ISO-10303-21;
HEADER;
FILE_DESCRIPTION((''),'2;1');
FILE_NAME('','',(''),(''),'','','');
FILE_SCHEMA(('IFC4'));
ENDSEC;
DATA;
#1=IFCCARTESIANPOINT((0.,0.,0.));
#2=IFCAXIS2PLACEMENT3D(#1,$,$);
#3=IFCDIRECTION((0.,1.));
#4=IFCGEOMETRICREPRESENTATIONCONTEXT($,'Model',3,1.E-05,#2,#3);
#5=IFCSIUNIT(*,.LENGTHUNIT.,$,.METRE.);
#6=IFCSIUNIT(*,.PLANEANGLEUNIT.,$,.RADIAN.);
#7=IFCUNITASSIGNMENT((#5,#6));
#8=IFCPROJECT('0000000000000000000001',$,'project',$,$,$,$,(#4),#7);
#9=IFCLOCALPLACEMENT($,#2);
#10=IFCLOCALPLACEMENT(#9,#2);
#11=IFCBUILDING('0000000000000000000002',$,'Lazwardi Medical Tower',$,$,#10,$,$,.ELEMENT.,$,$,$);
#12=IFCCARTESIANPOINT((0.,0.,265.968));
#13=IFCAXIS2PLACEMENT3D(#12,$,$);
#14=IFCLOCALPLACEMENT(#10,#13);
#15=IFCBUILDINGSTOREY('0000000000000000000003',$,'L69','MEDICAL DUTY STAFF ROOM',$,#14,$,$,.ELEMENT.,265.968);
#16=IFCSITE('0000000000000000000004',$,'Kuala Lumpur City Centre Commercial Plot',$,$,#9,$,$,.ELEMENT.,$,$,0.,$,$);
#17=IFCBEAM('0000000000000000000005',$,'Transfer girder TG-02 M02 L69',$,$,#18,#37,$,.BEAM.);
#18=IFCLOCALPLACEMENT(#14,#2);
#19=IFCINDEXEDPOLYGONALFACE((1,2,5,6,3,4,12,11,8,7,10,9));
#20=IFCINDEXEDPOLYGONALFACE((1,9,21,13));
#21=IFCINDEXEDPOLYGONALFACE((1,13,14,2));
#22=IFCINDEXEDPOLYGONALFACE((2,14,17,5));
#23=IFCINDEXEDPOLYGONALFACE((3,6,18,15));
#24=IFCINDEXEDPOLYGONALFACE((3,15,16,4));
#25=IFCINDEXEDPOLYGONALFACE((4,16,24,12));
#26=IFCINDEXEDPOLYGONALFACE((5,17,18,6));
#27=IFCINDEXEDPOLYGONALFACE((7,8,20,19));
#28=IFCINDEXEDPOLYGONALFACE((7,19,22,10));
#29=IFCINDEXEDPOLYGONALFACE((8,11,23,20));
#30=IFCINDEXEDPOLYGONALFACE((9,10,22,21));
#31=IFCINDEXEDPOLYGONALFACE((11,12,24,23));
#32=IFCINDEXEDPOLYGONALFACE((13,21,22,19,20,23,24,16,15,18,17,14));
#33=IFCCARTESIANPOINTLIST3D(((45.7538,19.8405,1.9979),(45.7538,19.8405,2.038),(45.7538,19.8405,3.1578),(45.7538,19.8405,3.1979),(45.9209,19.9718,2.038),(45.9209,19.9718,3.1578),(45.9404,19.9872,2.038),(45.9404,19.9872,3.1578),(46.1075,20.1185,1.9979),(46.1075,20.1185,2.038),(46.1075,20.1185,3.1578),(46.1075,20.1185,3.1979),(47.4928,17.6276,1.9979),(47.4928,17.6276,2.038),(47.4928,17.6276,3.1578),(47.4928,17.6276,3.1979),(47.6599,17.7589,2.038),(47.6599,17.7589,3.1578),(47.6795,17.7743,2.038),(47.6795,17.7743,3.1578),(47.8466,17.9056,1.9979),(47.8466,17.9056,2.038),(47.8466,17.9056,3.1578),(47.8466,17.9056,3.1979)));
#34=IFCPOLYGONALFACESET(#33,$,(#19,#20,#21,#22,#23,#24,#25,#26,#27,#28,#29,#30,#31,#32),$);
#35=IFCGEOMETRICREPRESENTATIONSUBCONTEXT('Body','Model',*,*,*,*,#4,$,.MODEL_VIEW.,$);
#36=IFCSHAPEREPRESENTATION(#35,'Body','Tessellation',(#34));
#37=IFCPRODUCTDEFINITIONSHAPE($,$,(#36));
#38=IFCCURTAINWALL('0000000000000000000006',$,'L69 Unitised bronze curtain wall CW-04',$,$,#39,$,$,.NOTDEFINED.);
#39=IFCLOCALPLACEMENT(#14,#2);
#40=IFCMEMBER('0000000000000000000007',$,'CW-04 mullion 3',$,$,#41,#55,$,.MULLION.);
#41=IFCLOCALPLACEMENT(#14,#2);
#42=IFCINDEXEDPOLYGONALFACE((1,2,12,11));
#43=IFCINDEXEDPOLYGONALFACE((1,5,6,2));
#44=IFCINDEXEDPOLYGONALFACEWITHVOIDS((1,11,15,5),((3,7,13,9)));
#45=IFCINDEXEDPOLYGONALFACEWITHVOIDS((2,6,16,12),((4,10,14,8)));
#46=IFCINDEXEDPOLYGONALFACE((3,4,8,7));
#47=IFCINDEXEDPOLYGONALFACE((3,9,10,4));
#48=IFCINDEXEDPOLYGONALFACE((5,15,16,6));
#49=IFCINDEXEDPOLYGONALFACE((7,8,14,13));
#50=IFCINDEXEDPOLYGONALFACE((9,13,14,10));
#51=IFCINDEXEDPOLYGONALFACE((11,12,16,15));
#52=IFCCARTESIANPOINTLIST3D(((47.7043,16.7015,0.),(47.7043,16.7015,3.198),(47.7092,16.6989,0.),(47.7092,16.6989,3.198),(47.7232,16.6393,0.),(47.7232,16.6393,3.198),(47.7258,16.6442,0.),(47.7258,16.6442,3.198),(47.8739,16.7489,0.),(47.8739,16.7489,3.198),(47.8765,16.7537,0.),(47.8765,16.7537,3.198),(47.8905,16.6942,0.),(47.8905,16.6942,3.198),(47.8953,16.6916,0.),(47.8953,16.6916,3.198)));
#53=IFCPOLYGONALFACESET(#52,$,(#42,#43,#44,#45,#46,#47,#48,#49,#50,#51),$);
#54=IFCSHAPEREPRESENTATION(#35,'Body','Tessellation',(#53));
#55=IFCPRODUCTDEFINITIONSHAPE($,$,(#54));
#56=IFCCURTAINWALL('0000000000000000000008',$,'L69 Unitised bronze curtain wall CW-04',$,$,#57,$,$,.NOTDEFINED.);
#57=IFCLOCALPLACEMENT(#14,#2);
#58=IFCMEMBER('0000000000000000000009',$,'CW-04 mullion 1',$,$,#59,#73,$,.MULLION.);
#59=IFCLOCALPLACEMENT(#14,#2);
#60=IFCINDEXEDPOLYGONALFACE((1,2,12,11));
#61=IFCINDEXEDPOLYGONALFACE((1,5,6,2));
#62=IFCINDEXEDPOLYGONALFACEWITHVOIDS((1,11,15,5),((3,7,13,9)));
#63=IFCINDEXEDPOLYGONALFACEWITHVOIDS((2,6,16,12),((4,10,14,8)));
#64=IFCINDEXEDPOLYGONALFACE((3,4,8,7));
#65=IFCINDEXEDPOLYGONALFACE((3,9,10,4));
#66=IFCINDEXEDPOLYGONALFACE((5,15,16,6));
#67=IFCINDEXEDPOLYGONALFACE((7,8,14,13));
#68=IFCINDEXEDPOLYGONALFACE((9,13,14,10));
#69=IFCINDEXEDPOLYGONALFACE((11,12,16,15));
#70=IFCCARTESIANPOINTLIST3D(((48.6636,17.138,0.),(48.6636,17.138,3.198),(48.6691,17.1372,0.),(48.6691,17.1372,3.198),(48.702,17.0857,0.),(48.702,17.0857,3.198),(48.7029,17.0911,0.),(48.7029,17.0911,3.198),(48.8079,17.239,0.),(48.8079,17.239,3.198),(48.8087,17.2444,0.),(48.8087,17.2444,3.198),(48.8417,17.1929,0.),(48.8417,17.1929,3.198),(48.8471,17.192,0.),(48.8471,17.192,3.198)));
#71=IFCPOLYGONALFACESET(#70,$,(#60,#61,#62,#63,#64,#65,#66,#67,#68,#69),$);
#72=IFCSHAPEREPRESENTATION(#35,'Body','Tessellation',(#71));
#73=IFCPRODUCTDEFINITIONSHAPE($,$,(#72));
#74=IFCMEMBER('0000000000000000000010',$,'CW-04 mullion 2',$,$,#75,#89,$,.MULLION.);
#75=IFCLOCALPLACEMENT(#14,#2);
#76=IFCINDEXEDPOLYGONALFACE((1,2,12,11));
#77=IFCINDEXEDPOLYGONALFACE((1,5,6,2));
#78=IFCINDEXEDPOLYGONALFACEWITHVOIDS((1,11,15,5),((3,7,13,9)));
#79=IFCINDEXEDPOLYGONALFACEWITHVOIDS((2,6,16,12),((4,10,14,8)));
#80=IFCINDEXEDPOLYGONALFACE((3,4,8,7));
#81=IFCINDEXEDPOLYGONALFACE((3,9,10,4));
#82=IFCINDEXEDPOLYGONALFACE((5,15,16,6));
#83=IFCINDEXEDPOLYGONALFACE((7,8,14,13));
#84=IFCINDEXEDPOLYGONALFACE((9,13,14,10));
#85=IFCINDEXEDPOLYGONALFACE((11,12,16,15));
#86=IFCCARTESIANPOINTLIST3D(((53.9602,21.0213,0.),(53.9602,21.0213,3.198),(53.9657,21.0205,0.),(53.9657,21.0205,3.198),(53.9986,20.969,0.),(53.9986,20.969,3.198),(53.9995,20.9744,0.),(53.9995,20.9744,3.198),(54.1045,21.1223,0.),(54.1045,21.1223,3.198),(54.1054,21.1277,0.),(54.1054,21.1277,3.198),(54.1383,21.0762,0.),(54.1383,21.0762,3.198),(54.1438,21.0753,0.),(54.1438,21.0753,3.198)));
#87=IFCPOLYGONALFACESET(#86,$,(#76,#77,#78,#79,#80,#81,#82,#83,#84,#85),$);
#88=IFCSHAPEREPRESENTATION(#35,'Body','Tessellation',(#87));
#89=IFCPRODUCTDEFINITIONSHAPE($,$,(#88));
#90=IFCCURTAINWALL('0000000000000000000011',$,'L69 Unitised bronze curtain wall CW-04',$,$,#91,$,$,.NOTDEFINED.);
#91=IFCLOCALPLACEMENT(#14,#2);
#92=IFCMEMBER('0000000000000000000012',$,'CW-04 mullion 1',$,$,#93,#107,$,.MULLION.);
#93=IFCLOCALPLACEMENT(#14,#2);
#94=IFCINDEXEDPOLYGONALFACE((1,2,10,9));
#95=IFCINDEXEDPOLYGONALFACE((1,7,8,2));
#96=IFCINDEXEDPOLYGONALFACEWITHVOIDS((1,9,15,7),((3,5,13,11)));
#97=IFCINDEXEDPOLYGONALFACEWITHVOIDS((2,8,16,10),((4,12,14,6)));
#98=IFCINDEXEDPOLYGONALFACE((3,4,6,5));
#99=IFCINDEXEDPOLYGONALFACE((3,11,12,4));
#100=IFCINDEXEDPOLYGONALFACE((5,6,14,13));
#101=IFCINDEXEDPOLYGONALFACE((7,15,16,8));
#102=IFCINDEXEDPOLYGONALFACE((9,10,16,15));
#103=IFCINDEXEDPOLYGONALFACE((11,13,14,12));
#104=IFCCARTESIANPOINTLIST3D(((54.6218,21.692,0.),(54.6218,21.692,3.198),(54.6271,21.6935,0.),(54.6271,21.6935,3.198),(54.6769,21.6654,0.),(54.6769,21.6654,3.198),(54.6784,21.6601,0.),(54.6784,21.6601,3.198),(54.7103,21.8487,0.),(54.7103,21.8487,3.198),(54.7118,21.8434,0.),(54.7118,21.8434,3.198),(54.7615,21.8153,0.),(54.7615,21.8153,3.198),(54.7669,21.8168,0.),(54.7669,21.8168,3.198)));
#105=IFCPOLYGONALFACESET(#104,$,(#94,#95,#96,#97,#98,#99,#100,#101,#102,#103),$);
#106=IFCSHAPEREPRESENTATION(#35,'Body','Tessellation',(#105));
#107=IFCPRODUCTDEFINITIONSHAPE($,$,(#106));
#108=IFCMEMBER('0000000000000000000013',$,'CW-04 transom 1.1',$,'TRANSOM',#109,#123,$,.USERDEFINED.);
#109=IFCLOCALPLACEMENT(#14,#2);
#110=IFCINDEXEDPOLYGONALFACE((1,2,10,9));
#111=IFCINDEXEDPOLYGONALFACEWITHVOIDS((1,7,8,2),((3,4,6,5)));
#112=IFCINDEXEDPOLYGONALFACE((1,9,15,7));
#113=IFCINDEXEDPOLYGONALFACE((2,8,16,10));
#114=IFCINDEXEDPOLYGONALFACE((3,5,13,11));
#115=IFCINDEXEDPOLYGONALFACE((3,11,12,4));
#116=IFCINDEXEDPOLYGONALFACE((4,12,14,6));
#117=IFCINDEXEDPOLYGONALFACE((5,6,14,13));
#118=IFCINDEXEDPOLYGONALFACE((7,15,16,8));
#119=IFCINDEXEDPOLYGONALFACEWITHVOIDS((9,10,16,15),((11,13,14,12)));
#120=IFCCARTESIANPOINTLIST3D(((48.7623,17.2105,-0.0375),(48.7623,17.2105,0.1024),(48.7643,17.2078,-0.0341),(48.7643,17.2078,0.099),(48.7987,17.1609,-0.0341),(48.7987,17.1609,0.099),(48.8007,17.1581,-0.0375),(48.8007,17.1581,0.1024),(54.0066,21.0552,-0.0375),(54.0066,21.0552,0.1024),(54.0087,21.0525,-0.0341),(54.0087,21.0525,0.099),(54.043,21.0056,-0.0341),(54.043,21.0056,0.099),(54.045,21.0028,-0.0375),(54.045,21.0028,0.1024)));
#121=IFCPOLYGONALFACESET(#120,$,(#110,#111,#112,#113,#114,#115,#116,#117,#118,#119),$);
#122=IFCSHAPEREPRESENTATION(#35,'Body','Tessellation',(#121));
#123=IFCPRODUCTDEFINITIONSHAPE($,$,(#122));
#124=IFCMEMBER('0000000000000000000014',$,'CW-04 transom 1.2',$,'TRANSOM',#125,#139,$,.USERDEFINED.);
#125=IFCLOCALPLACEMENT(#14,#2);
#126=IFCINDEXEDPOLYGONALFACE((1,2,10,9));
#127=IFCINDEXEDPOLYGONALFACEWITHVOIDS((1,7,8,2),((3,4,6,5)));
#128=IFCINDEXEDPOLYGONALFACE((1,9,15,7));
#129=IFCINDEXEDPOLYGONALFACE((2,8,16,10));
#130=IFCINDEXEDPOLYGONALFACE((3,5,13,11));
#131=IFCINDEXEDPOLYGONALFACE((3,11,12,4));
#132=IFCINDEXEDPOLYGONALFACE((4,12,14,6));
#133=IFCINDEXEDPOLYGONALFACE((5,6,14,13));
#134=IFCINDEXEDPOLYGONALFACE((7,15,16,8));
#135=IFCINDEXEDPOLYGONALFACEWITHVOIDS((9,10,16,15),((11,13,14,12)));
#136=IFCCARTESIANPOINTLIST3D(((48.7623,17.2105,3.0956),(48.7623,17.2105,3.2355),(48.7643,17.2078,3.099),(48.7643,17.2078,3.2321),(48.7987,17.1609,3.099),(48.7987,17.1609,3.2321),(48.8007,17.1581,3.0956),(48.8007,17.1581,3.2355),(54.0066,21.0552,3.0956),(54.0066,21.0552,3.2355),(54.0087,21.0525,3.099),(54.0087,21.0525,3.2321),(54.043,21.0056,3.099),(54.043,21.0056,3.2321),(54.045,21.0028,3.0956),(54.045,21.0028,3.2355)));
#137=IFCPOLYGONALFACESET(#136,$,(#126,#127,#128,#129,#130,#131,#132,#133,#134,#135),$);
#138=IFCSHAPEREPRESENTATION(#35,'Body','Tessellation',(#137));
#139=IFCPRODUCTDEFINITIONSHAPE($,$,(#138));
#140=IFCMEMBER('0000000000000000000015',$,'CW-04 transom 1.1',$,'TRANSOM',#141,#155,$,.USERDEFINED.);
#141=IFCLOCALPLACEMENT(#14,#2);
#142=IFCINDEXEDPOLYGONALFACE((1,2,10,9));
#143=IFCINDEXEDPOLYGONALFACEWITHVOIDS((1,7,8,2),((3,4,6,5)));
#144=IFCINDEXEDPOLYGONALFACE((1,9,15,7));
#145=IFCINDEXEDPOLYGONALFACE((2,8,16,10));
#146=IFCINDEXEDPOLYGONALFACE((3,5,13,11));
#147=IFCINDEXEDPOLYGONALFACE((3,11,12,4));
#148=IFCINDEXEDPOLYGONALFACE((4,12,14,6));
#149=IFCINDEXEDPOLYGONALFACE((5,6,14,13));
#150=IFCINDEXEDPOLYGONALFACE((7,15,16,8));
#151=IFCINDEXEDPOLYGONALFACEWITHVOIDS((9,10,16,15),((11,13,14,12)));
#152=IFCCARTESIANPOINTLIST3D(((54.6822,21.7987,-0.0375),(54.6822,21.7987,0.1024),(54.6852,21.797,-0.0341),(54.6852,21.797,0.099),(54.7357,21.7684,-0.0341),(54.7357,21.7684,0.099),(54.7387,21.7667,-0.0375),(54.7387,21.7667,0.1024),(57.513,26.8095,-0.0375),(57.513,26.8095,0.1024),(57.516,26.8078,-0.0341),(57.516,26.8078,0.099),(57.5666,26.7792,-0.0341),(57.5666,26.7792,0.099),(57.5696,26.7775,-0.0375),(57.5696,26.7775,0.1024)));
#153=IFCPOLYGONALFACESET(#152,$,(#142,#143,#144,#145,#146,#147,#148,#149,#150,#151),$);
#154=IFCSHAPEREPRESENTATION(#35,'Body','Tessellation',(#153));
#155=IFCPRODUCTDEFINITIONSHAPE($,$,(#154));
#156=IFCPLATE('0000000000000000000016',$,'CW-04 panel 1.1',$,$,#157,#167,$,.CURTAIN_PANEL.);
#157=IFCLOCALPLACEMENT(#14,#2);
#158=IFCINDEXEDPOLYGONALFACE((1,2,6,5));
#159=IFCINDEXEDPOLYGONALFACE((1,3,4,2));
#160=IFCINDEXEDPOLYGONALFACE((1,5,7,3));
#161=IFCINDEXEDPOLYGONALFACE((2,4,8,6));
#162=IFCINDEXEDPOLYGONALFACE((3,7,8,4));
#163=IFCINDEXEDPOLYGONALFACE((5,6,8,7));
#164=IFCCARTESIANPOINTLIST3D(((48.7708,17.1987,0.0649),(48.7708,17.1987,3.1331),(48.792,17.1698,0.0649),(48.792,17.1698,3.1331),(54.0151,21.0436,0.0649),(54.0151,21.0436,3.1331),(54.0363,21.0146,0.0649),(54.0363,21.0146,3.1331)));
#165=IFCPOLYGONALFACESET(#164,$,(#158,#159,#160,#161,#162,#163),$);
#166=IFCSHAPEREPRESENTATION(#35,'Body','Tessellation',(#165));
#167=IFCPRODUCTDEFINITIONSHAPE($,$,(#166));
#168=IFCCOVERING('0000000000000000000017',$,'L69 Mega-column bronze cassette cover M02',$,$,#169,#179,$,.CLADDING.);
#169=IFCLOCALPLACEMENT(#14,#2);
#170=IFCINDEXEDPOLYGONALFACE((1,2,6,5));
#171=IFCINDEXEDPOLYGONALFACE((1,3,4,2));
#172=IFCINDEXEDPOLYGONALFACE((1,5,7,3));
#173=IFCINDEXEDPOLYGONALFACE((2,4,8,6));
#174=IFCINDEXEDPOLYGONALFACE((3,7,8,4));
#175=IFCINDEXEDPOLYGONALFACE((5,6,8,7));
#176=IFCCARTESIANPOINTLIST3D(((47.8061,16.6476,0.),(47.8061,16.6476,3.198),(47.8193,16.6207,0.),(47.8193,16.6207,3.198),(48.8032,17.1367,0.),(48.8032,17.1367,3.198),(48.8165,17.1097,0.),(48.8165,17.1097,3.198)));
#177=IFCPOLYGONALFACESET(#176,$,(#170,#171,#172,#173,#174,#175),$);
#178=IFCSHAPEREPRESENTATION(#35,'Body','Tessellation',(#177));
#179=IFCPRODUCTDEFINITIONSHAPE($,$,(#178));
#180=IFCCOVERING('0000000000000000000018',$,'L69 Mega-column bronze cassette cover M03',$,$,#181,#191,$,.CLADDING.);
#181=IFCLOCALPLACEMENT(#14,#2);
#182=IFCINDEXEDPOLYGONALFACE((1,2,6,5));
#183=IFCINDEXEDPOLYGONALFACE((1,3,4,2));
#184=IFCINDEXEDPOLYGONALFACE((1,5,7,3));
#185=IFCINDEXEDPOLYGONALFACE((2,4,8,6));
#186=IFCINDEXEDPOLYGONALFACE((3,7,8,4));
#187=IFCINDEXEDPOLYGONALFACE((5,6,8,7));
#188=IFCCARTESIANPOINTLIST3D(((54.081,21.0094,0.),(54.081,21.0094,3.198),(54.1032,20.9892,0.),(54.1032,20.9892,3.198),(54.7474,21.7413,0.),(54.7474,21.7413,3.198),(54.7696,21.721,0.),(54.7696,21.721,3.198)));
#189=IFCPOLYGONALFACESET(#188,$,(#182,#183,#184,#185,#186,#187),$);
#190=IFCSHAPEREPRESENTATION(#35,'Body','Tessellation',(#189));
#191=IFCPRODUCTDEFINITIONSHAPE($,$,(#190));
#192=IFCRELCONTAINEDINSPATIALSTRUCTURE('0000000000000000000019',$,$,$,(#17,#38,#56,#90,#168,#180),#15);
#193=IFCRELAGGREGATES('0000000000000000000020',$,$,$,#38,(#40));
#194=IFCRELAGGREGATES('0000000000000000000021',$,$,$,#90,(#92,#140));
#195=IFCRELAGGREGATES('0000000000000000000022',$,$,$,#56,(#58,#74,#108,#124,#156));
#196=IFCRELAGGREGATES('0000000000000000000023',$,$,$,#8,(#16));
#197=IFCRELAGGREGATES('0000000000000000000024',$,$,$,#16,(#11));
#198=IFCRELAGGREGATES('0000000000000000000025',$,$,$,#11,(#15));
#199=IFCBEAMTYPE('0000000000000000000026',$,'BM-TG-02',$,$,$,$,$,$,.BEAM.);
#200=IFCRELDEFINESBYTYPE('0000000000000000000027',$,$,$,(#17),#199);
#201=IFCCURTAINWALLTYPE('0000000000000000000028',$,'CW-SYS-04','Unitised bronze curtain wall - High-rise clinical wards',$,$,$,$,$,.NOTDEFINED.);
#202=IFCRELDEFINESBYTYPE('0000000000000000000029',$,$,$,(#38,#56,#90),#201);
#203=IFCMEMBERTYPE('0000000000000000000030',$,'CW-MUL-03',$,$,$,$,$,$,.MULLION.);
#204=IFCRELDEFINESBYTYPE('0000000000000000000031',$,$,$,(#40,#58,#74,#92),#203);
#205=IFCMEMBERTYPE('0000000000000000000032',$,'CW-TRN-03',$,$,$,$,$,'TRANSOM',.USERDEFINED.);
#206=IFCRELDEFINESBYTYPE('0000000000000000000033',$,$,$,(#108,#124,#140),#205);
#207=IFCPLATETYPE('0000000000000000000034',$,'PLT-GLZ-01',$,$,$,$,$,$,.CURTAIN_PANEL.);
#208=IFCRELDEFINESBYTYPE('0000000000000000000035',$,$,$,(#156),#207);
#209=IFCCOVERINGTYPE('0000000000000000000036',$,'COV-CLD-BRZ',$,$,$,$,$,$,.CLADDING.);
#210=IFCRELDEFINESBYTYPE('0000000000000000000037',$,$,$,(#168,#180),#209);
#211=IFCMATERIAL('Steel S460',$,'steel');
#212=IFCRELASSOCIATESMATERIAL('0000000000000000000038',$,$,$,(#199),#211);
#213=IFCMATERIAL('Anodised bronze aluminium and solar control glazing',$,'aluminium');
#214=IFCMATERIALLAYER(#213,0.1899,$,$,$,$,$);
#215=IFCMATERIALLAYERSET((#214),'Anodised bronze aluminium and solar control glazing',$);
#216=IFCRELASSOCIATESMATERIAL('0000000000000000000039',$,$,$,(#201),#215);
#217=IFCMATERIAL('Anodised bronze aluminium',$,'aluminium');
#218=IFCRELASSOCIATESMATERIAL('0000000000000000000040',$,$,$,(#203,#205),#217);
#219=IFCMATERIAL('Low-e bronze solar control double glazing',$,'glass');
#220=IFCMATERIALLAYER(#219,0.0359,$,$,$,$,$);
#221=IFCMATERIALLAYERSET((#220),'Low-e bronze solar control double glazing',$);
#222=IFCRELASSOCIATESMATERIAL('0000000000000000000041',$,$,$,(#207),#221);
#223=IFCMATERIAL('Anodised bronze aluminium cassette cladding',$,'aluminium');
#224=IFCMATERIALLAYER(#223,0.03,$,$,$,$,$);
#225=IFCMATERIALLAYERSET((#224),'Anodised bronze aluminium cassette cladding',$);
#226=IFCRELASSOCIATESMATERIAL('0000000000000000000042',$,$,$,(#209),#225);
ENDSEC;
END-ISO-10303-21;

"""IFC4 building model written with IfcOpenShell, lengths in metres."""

from ifc_helpers import new_model, si_unit, direction, frame, origin, origin_2d, place, context, subcontext, project, spatial, rectangle, hollow_rectangle, i_section, extrude, material, layer, layer_set, material_profile, profile_set, type_object, element, aggregate, save


model = new_model("IFC4")

# Units and contexts
model_context = context("Model", 3, precision=1e-05, world=origin(), true_north=direction((0.0, 1.0)))
body_context = subcontext(model_context, "Body", "Model", "MODEL_VIEW")
ifc_project = project(units=[si_unit("LENGTHUNIT", "METRE"), si_unit("PLANEANGLEUNIT", "RADIAN")], contexts=[model_context])

# Site, building, storey
site_placement = place(None, origin())
site = spatial("IfcSite", under=ifc_project, at=site_placement, Name="Kuala Lumpur City Centre Commercial Plot", CompositionType="ELEMENT", RefElevation=0.0)
building_placement = place(site_placement, origin())
building = spatial("IfcBuilding", under=site, at=building_placement, Name="Lazwardi Medical Tower", CompositionType="ELEMENT")
storey_placement = place(building_placement, frame((0.0, 0.0, 265.968)))
storey = spatial("IfcBuildingStorey", under=building, at=storey_placement, Name="L69", Description="MEDICAL DUTY STAFF ROOM", CompositionType="ELEMENT", Elevation=265.968)

# Beam
ifc_material_1 = material(Name="Steel S460", Category="steel")
ifc_material_profile_1 = material_profile(ifc_material_1, i_section(OverallWidth=0.45, OverallDepth=1.2, WebThickness=0.0249, FlangeThickness=0.04, at=origin_2d()), Name="PG 1200x450")
ifc_profile_set_1 = profile_set([ifc_material_profile_1], Name="Steel S460")
beam_type_1 = type_object("IfcBeamType", Name="BM-TG-02", PredefinedType="BEAM", material=ifc_profile_set_1)
beam_1_placement = place(storey_placement, frame((47.6697, 17.7666, 2.5979), z_axis=(-0.617891, 0.786264, 0.0), x_axis=(-0.786264, -0.617891, 0.0)))
element("IfcBeam", 1, at=beam_1_placement, inside=storey, type_object=beam_type_1, Name="Transfer girder TG-02 M02 L69", PredefinedType="BEAM", context=body_context, shape_type="SweptSolid", body=[
    extrude(i_section(OverallWidth=0.45, OverallDepth=1.2, WebThickness=0.0249, FlangeThickness=0.04, at=origin_2d()), origin(), (0.0, 0.0, 1.0), 2.8145),
])

# Curtain wall, member
ifc_material_2 = material(Name="Anodised bronze aluminium and solar control glazing", Category="aluminium")
ifc_layer_1 = layer(ifc_material_2, 0.1899)
ifc_layer_set_1 = layer_set([ifc_layer_1], Name="Anodised bronze aluminium and solar control glazing")
curtain_wall_type = type_object("IfcCurtainWallType", Name="CW-SYS-04", Description="Unitised bronze curtain wall - High-rise clinical wards", PredefinedType="NOTDEFINED", material=ifc_layer_set_1)
curtain_wall_1_placement = place(storey_placement, origin())
curtain_wall_1 = element("IfcCurtainWall", 2, at=curtain_wall_1_placement, inside=storey, type_object=curtain_wall_type, Name="L69 Unitised bronze curtain wall CW-04", PredefinedType="NOTDEFINED")
ifc_material_3 = material(Name="Anodised bronze aluminium", Category="aluminium")
ifc_material_profile_2 = material_profile(ifc_material_3, hollow_rectangle(XDim=0.0649, YDim=0.1799, WallThickness=0.0039, at=origin_2d()), Name="ALU-MULLION 180x65x4")
ifc_profile_set_2 = profile_set([ifc_material_profile_2], Name="Anodised bronze aluminium")
member_type_1 = type_object("IfcMemberType", Name="CW-MUL-03", PredefinedType="MULLION", material=ifc_profile_set_2)
member_1_placement = place(storey_placement, frame((47.7998, 16.6965, 0.0), z_axis=(0.0, 0.0, 1.0), x_axis=(-0.290582, 0.95685, 0.0)))
member_1 = element("IfcMember", 3, at=member_1_placement, type_object=member_type_1, Name="CW-04 mullion 3", PredefinedType="MULLION", context=body_context, shape_type="SweptSolid", body=[
    extrude(hollow_rectangle(XDim=0.0649, YDim=0.1799, WallThickness=0.0039, at=origin_2d()), origin(), (0.0, 0.0, 1.0), 3.198),
])
aggregate(curtain_wall_1, [member_1])

# Curtain wall, members
curtain_wall_2_placement = place(storey_placement, origin())
curtain_wall_2 = element("IfcCurtainWall", 4, at=curtain_wall_2_placement, inside=storey, type_object=curtain_wall_type, Name="L69 Unitised bronze curtain wall CW-04", PredefinedType="NOTDEFINED")
member_2_placement = place(storey_placement, frame((48.7554, 17.165, 0.0), z_axis=(0.0, 0.0, 1.0), x_axis=(-0.591268, 0.806475, 0.0)))
member_2 = element("IfcMember", 5, at=member_2_placement, type_object=member_type_1, Name="CW-04 mullion 1", PredefinedType="MULLION", context=body_context, shape_type="SweptSolid", body=[
    extrude(hollow_rectangle(XDim=0.0649, YDim=0.1799, WallThickness=0.0039, at=origin_2d()), origin(), (0.0, 0.0, 1.0), 3.198),
])
member_3_placement = place(storey_placement, frame((54.052, 21.0483, 0.0), z_axis=(0.0, 0.0, 1.0), x_axis=(-0.591268, 0.806475, 0.0)))
member_3 = element("IfcMember", 6, at=member_3_placement, type_object=member_type_1, Name="CW-04 mullion 2", PredefinedType="MULLION", context=body_context, shape_type="SweptSolid", body=[
    extrude(hollow_rectangle(XDim=0.0649, YDim=0.1799, WallThickness=0.0039, at=origin_2d()), origin(), (0.0, 0.0, 1.0), 3.198),
])

# Curtain wall, member
curtain_wall_3_placement = place(storey_placement, origin())
curtain_wall_3 = element("IfcCurtainWall", 7, at=curtain_wall_3_placement, inside=storey, type_object=curtain_wall_type, Name="L69 Unitised bronze curtain wall CW-04", PredefinedType="NOTDEFINED")
member_4_placement = place(storey_placement, frame((54.6943, 21.7544, 0.0), z_axis=(0.0, 0.0, 1.0), x_axis=(-0.870651, 0.4919, 0.0)))
member_4 = element("IfcMember", 8, at=member_4_placement, type_object=member_type_1, Name="CW-04 mullion 1", PredefinedType="MULLION", context=body_context, shape_type="SweptSolid", body=[
    extrude(hollow_rectangle(XDim=0.0649, YDim=0.1799, WallThickness=0.0039, at=origin_2d()), origin(), (0.0, 0.0, 1.0), 3.198),
])

# Members
ifc_material_profile_3 = material_profile(ifc_material_3, hollow_rectangle(XDim=0.0649, YDim=0.1399, WallThickness=0.0034, at=origin_2d()), Name="ALU-TRANSOM 140x65x3.5")
ifc_profile_set_3 = profile_set([ifc_material_profile_3], Name="Anodised bronze aluminium")
member_type_2 = type_object("IfcMemberType", Name="CW-TRN-03", ElementType="TRANSOM", PredefinedType="USERDEFINED", material=ifc_profile_set_3)
member_5_placement = place(storey_placement, frame((48.7815, 17.1843, 0.0325), z_axis=(0.80649, 0.591248, 0.0), x_axis=(-0.591248, 0.80649, 0.0)))
member_5 = element("IfcMember", 9, at=member_5_placement, type_object=member_type_2, Name="CW-04 transom 1.1", ObjectType="TRANSOM", PredefinedType="USERDEFINED", context=body_context, shape_type="SweptSolid", body=[
    extrude(hollow_rectangle(XDim=0.0649, YDim=0.1399, WallThickness=0.0034, at=origin_2d()), origin(), (0.0, 0.0, 1.0), 6.5027),
])
member_6_placement = place(storey_placement, frame((48.7815, 17.1843, 3.1655), z_axis=(0.80649, 0.591248, 0.0), x_axis=(-0.591248, 0.80649, 0.0)))
member_6 = element("IfcMember", 10, at=member_6_placement, type_object=member_type_2, Name="CW-04 transom 1.2", ObjectType="TRANSOM", PredefinedType="USERDEFINED", context=body_context, shape_type="SweptSolid", body=[
    extrude(hollow_rectangle(XDim=0.0649, YDim=0.1399, WallThickness=0.0034, at=origin_2d()), origin(), (0.0, 0.0, 1.0), 6.5027),
])
member_7_placement = place(storey_placement, frame((54.7104, 21.7827, 0.0325), z_axis=(0.49188, 0.870663, 0.0), x_axis=(-0.870663, 0.49188, 0.0)))
member_7 = element("IfcMember", 11, at=member_7_placement, type_object=member_type_2, Name="CW-04 transom 1.1", ObjectType="TRANSOM", PredefinedType="USERDEFINED", context=body_context, shape_type="SweptSolid", body=[
    extrude(hollow_rectangle(XDim=0.0649, YDim=0.1399, WallThickness=0.0034, at=origin_2d()), origin(), (0.0, 0.0, 1.0), 5.7551),
])
aggregate(curtain_wall_3, [member_4, member_7])

# Plate
ifc_material_4 = material(Name="Low-e bronze solar control double glazing", Category="glass")
ifc_layer_2 = layer(ifc_material_4, 0.0359)
ifc_layer_set_2 = layer_set([ifc_layer_2], Name="Low-e bronze solar control double glazing")
plate_type = type_object("IfcPlateType", Name="PLT-GLZ-01", PredefinedType="CURTAIN_PANEL", material=ifc_layer_set_2)
plate_placement = place(storey_placement, frame((51.4036, 19.1067, 0.0649), z_axis=(0.0, 0.0, 1.0), x_axis=(0.806475, 0.591268, 0.0)))
plate = element("IfcPlate", 12, at=plate_placement, type_object=plate_type, Name="CW-04 panel 1.1", PredefinedType="CURTAIN_PANEL", context=body_context, shape_type="SweptSolid", body=[
    extrude(rectangle(XDim=6.5027, YDim=0.0359, at=origin_2d()), origin(), (0.0, 0.0, 1.0), 3.0681),
])
aggregate(curtain_wall_2, [member_2, member_3, member_5, member_6, plate])

# Coverings
ifc_material_5 = material(Name="Anodised bronze aluminium cassette cladding", Category="aluminium")
ifc_layer_3 = layer(ifc_material_5, 0.03)
ifc_layer_set_3 = layer_set([ifc_layer_3], Name="Anodised bronze aluminium cassette cladding")
covering_type = type_object("IfcCoveringType", Name="COV-CLD-BRZ", PredefinedType="CLADDING", material=ifc_layer_set_3)
covering_1_placement = place(storey_placement, frame((48.3113, 16.8787, 0.0), z_axis=(0.0, 0.0, 1.0), x_axis=(0.89784, 0.440322, 0.0)))
element("IfcCovering", 13, at=covering_1_placement, inside=storey, type_object=covering_type, Name="L69 Mega-column bronze cassette cover M02", PredefinedType="CLADDING", context=body_context, shape_type="SweptSolid", body=[
    extrude(rectangle(XDim=1.1106, YDim=0.03, at=origin_2d()), origin(), (0.0, 0.0, 1.0), 3.198),
])
covering_2_placement = place(storey_placement, frame((54.4253, 21.3652, 0.0), z_axis=(0.0, 0.0, 1.0), x_axis=(0.673241, 0.739423, 0.0)))
element("IfcCovering", 14, at=covering_2_placement, inside=storey, type_object=covering_type, Name="L69 Mega-column bronze cassette cover M03", PredefinedType="CLADDING", context=body_context, shape_type="SweptSolid", body=[
    extrude(rectangle(XDim=0.9897, YDim=0.03, at=origin_2d()), origin(), (0.0, 0.0, 1.0), 3.198),
])

save(model, "model.ifc")
